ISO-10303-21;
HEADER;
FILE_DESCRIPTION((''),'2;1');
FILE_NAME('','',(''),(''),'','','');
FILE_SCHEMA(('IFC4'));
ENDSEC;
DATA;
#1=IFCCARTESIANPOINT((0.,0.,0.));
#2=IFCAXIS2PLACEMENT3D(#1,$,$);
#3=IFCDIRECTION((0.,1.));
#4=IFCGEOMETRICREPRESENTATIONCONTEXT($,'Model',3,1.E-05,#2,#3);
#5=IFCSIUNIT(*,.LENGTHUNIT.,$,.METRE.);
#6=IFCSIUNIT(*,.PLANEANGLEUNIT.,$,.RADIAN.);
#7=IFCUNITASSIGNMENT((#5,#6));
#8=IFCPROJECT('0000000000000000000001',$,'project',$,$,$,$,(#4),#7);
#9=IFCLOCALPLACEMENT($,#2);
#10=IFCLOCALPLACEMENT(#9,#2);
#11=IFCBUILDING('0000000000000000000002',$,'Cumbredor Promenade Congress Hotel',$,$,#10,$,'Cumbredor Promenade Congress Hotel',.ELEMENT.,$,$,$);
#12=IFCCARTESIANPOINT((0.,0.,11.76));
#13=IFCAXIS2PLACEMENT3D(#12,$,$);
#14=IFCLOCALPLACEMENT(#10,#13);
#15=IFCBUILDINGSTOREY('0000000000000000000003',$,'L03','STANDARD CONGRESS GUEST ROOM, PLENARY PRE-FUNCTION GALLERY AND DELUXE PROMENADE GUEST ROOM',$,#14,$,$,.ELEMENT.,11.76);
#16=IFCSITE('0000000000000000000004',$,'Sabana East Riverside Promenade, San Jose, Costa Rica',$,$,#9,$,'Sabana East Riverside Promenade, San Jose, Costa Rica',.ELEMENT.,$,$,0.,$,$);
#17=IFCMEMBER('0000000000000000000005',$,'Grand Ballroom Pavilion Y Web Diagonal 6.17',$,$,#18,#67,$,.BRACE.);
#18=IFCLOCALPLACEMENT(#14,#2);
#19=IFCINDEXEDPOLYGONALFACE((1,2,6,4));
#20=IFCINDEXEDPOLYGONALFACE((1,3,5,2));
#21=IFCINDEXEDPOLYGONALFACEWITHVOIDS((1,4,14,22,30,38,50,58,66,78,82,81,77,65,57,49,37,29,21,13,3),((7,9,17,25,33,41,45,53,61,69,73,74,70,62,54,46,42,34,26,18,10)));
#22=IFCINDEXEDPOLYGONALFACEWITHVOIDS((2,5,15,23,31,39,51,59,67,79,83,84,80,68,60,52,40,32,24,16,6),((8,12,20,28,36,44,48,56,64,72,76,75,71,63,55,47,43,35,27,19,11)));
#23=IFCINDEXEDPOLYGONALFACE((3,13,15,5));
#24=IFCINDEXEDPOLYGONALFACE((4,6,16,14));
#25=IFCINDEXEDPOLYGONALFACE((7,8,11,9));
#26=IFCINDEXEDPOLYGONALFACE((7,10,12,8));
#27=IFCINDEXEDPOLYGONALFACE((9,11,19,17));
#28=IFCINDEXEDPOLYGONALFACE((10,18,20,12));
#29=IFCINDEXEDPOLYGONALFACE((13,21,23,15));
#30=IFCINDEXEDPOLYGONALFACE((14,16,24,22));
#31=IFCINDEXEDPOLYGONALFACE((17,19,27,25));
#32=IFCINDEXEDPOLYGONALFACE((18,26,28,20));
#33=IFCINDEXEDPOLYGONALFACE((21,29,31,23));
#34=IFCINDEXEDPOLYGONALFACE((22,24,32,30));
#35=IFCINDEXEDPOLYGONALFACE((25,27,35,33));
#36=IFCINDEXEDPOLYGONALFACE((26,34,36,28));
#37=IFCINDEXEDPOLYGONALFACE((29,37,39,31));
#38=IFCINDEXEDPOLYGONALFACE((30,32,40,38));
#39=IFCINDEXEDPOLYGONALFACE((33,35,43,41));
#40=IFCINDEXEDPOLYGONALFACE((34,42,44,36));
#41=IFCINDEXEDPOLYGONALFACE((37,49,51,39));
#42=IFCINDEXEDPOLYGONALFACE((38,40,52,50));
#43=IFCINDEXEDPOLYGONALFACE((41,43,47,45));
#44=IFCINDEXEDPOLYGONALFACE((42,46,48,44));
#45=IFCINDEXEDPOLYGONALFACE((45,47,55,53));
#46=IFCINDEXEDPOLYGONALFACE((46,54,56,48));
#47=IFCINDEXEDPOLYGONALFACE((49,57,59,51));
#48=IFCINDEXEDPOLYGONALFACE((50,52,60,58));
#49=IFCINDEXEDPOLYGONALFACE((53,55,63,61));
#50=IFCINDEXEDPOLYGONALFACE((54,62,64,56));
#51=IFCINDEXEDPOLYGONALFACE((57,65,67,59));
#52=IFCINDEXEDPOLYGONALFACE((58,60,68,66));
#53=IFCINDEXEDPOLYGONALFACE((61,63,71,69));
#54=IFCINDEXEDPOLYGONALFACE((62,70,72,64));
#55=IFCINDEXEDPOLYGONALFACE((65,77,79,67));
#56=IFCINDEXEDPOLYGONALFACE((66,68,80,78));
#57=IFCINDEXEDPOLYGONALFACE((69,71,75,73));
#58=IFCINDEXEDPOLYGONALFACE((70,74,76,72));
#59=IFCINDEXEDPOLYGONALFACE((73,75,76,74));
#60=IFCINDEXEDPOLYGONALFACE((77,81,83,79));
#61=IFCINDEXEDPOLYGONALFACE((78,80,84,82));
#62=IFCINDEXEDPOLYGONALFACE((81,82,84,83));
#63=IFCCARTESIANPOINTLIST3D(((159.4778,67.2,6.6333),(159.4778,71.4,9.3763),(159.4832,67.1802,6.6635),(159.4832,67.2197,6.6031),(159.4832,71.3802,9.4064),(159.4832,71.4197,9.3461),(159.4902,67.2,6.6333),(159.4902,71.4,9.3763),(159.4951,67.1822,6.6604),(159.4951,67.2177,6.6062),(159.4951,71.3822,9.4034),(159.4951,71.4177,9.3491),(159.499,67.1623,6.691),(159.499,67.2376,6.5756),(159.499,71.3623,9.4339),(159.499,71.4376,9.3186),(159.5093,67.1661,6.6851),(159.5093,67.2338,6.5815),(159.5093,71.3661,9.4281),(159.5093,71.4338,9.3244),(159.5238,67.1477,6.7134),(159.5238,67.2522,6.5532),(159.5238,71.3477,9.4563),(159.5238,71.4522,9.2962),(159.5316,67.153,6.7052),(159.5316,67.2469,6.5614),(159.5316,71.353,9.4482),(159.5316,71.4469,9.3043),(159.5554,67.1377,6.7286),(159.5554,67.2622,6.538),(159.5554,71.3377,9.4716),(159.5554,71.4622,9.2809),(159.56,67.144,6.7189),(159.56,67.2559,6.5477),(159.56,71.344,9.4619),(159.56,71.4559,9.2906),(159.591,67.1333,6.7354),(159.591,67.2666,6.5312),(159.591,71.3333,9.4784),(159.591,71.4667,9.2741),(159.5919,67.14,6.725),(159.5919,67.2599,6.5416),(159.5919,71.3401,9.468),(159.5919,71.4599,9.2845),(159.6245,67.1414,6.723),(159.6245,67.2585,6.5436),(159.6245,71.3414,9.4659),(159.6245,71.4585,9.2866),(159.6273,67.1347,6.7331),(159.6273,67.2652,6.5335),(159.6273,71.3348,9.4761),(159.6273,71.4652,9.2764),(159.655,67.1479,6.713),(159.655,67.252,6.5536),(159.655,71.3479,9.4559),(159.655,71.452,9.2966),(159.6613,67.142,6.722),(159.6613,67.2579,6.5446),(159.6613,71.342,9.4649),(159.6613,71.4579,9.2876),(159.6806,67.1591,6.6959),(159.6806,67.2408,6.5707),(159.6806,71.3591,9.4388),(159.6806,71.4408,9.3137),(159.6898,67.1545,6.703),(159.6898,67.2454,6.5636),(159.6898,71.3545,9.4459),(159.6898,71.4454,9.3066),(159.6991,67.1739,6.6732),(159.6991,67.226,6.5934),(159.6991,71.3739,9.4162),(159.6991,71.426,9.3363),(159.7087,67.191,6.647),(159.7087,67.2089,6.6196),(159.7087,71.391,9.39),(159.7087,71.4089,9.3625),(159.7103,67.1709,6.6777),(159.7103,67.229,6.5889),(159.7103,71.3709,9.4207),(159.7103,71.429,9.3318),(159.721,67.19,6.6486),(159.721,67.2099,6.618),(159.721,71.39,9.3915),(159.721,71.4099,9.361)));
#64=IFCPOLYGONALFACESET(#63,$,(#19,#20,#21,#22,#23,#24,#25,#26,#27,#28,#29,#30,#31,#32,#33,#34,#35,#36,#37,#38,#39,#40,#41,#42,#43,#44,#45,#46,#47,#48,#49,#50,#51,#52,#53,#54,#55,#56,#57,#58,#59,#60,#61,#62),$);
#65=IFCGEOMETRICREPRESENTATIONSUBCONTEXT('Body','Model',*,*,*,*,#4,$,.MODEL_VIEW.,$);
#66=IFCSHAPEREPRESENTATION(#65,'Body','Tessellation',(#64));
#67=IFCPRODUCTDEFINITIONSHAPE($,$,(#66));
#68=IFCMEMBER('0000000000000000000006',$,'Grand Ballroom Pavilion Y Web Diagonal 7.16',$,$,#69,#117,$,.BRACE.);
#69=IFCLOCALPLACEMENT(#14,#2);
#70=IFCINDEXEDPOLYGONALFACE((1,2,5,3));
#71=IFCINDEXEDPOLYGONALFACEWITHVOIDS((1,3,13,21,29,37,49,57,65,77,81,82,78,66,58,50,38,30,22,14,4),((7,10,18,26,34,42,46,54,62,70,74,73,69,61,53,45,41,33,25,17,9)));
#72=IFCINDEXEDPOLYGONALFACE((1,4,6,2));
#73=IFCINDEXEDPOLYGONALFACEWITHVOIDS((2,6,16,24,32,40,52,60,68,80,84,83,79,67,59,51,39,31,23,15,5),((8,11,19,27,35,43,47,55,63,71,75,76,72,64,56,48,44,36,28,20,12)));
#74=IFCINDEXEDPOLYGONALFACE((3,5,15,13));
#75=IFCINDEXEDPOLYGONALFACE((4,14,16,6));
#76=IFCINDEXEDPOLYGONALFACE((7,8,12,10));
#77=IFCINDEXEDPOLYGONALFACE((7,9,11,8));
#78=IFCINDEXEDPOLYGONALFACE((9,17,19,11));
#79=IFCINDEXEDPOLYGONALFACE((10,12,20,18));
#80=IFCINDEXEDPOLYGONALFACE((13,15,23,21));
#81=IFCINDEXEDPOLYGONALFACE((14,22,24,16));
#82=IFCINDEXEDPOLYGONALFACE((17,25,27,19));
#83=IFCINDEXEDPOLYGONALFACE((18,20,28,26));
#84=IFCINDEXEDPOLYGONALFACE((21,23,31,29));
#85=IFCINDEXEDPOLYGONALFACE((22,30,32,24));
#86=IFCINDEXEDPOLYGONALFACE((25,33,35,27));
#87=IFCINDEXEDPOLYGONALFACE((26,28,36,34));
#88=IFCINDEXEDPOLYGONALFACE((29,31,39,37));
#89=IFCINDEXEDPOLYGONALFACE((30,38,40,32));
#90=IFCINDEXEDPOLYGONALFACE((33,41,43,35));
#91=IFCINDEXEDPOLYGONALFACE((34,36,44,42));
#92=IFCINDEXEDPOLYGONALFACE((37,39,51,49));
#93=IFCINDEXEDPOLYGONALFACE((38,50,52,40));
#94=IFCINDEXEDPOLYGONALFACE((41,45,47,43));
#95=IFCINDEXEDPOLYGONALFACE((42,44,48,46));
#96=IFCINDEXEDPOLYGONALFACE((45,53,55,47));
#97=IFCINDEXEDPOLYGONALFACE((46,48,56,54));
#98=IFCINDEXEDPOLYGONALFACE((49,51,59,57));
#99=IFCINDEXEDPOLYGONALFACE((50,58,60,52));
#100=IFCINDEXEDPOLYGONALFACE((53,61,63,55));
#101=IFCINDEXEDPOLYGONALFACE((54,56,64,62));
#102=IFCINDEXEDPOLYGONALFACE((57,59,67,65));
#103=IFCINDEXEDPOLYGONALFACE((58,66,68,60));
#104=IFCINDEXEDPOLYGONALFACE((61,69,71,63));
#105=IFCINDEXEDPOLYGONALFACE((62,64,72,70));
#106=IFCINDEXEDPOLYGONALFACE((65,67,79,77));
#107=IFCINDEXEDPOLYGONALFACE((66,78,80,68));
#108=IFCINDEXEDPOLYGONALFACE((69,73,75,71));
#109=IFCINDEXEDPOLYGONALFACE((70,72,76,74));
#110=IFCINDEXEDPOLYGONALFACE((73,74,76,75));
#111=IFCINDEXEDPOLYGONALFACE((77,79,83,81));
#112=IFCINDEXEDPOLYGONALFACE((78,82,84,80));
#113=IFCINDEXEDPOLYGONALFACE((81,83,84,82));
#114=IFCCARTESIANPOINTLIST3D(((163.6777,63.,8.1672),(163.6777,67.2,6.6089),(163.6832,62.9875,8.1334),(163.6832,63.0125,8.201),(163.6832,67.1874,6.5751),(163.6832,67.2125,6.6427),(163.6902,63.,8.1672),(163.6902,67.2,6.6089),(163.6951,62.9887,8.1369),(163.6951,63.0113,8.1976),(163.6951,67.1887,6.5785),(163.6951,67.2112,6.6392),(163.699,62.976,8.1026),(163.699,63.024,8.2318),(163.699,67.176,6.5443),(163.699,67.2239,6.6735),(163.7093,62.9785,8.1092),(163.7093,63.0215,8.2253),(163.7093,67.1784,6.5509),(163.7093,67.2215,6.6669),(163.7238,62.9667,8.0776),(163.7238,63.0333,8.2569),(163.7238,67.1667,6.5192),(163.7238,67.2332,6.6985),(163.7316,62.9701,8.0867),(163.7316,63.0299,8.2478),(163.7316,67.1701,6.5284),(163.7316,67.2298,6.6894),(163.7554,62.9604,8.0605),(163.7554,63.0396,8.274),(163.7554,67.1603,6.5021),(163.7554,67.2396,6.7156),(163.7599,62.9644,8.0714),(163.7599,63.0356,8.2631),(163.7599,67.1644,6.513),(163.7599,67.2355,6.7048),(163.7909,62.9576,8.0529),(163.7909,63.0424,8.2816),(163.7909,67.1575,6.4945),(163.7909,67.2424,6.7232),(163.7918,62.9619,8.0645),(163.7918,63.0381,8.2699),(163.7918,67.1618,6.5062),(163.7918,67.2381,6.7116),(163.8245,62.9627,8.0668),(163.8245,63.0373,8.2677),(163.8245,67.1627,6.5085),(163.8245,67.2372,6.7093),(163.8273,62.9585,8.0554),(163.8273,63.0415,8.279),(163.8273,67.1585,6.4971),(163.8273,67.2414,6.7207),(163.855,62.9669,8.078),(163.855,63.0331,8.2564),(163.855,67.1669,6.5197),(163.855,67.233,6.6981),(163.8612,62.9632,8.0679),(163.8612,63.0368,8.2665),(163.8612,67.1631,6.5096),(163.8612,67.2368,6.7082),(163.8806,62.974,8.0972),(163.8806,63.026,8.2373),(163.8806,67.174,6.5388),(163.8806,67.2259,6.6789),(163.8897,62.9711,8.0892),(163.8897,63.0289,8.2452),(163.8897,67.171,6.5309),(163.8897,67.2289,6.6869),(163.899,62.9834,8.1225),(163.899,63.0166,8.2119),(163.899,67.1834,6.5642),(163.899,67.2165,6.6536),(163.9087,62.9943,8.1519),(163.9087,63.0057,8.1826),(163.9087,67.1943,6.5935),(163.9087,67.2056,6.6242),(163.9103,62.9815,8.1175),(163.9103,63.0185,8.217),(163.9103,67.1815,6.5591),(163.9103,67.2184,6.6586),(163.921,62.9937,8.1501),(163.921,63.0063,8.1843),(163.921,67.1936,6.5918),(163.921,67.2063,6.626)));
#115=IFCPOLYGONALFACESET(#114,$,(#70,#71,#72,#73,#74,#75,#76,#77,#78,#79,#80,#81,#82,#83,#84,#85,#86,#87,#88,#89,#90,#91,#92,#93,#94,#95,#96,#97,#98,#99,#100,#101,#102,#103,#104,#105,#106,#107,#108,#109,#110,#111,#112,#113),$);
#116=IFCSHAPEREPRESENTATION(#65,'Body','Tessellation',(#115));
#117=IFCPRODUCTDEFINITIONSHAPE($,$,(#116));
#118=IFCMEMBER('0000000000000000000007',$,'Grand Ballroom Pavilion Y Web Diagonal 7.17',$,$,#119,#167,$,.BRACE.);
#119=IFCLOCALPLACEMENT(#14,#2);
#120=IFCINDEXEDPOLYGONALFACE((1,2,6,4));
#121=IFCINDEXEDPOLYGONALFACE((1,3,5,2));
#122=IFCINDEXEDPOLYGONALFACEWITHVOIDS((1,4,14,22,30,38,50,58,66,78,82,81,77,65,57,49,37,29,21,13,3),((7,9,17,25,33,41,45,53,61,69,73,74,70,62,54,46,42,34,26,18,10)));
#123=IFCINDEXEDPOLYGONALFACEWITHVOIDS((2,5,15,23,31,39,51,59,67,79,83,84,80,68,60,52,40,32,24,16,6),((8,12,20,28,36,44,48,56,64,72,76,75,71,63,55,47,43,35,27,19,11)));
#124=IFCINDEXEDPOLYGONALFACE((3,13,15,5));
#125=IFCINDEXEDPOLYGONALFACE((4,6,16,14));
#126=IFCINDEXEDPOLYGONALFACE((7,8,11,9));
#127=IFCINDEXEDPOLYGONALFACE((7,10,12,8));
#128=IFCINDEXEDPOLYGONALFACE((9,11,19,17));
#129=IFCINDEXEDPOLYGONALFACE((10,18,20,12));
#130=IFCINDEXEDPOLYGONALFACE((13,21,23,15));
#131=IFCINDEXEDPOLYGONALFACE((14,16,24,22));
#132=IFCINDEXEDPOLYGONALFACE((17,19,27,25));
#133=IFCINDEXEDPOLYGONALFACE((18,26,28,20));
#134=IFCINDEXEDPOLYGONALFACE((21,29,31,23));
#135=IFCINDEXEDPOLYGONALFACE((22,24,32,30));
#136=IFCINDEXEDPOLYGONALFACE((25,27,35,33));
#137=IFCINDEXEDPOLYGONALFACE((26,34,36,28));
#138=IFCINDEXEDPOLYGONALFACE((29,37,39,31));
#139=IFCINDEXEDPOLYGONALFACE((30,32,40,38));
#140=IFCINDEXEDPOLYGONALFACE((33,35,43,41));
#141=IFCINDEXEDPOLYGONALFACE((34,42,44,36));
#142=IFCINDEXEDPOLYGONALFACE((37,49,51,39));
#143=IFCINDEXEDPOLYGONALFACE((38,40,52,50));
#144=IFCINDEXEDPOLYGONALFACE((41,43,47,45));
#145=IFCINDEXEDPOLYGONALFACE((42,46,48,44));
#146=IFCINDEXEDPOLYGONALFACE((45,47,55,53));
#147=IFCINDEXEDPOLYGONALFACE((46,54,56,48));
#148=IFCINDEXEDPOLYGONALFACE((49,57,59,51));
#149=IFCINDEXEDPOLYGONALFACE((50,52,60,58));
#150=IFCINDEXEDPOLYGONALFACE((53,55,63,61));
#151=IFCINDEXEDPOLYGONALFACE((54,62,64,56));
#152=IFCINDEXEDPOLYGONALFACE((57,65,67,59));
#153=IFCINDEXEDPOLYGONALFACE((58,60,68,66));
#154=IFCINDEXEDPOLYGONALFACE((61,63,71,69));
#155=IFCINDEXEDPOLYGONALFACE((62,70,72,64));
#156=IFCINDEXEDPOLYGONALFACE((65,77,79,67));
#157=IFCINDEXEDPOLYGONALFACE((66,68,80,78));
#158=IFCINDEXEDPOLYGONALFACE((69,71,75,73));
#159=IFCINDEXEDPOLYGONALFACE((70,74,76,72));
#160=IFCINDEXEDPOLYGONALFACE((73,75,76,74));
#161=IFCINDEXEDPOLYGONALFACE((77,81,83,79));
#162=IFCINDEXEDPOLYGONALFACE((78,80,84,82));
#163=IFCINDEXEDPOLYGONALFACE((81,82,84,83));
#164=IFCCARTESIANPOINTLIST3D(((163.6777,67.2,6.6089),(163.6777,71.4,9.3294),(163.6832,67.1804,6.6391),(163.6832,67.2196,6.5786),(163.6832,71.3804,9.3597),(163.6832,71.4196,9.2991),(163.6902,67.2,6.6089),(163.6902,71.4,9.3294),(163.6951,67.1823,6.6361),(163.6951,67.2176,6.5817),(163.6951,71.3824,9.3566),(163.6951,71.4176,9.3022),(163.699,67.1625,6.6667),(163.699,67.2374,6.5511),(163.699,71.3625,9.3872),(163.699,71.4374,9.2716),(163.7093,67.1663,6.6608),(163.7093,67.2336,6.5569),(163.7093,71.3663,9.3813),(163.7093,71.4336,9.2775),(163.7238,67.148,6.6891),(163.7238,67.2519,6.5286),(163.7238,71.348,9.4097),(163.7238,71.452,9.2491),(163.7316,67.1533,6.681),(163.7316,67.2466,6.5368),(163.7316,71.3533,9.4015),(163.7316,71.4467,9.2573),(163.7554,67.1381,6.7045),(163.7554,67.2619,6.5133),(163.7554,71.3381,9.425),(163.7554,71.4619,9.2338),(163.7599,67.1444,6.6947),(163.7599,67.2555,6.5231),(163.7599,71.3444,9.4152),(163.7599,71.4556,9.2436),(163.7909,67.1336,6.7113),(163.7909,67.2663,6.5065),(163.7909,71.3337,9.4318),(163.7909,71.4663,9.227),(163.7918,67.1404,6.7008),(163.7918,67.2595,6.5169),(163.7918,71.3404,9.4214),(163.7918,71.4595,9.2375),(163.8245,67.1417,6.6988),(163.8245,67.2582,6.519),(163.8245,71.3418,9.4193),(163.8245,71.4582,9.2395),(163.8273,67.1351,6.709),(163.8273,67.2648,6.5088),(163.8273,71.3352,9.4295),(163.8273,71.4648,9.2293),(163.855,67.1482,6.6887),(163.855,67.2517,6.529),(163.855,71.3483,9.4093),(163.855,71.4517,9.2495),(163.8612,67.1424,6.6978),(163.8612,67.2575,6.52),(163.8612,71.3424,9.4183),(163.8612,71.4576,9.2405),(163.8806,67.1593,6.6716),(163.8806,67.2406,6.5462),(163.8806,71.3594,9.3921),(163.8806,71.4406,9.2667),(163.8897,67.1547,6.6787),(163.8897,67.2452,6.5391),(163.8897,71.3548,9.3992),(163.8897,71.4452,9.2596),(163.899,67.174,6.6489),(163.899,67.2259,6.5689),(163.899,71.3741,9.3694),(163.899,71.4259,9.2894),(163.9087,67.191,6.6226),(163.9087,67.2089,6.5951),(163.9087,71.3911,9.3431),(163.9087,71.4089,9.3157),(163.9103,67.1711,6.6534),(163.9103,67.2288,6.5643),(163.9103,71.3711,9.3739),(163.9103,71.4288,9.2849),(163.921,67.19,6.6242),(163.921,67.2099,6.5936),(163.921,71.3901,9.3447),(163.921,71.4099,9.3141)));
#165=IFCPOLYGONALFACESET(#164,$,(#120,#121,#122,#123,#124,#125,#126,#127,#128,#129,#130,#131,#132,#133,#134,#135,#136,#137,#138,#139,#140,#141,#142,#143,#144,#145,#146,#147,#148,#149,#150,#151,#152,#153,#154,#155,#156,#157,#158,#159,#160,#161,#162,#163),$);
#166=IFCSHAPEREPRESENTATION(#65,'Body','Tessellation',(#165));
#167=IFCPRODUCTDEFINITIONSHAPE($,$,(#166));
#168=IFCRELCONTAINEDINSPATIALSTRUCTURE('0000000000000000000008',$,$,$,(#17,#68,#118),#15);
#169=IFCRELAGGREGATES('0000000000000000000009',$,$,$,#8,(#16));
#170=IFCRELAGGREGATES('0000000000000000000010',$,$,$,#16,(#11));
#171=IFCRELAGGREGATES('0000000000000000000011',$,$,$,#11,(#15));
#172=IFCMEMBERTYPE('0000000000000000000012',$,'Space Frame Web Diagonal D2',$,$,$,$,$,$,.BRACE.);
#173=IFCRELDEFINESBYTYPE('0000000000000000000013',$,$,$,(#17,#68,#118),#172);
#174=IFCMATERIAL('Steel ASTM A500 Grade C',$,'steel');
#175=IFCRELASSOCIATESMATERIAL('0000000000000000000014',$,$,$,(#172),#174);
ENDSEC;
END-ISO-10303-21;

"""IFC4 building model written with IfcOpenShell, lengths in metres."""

from ifc_helpers import new_model, si_unit, direction, frame, origin, origin_2d, place, context, subcontext, project, spatial, hollow_circle, extrude, material, material_profile, profile_set, type_object, element, save


model = new_model("IFC4")

# Units and contexts
model_context = context("Model", 3, precision=1e-05, world=origin(), true_north=direction((0.0, 1.0)))
body_context = subcontext(model_context, "Body", "Model", "MODEL_VIEW")
ifc_project = project(units=[si_unit("LENGTHUNIT", "METRE"), si_unit("PLANEANGLEUNIT", "RADIAN")], contexts=[model_context])

# Site, building, storey
site_placement = place(None, origin())
site = spatial("IfcSite", under=ifc_project, at=site_placement, Name="Sabana East Riverside Promenade, San Jose, Costa Rica", LongName="Sabana East Riverside Promenade, San Jose, Costa Rica", CompositionType="ELEMENT", RefElevation=0.0)
building_placement = place(site_placement, origin())
building = spatial("IfcBuilding", under=site, at=building_placement, Name="Cumbredor Promenade Congress Hotel", LongName="Cumbredor Promenade Congress Hotel", CompositionType="ELEMENT")
storey_placement = place(building_placement, frame((0.0, 0.0, 11.76)))
storey = spatial("IfcBuildingStorey", under=building, at=storey_placement, Name="L03", Description="STANDARD CONGRESS GUEST ROOM, PLENARY PRE-FUNCTION GALLERY AND DELUXE PROMENADE GUEST ROOM", CompositionType="ELEMENT", Elevation=11.76)

# Shared definitions
ifc_material_1 = material(Name="Steel ASTM A500 Grade C", Category="steel")

# Members
ifc_material_profile_1 = material_profile(ifc_material_1, hollow_circle(Radius=0.1223, WallThickness=0.0125, at=origin_2d()), Name="CHS 244.5x12.5")
ifc_profile_set_1 = profile_set([ifc_material_profile_1], Name="Steel ASTM A500 Grade C")
member_type_1 = type_object("IfcMemberType", Name="Space Frame Web Diagonal D2", PredefinedType="BRACE", material=ifc_profile_set_1)
member_1_placement = place(storey_placement, frame((159.6001, 67.2, 6.6333), z_axis=(0.0, 0.837262, 0.546802), x_axis=(-1.0, 0.0, 0.0)))
element("IfcMember", 1, at=member_1_placement, inside=storey, type_object=member_type_1, Name="Grand Ballroom Pavilion Y Web Diagonal 6.17", PredefinedType="BRACE", context=body_context, shape_type="SweptSolid", body=[
    extrude(hollow_circle(Radius=0.1223, WallThickness=0.0125, at=origin_2d()), origin(), (0.0, 0.0, 1.0), 5.0164),
])
member_2_placement = place(storey_placement, frame((163.8, 63.0, 8.1672), z_axis=(0.0, 0.937544, -0.347866), x_axis=(-1.0, 0.0, 0.0)))
element("IfcMember", 2, at=member_2_placement, inside=storey, type_object=member_type_1, Name="Grand Ballroom Pavilion Y Web Diagonal 7.16", PredefinedType="BRACE", context=body_context, shape_type="SweptSolid", body=[
    extrude(hollow_circle(Radius=0.1223, WallThickness=0.0125, at=origin_2d()), origin(), (0.0, 0.0, 1.0), 4.4797),
])
member_3_placement = place(storey_placement, frame((163.8, 67.2, 6.6089), z_axis=(0.0, 0.839311, 0.543652), x_axis=(-1.0, 0.0, 0.0)))
element("IfcMember", 3, at=member_3_placement, inside=storey, type_object=member_type_1, Name="Grand Ballroom Pavilion Y Web Diagonal 7.17", PredefinedType="BRACE", context=body_context, shape_type="SweptSolid", body=[
    extrude(hollow_circle(Radius=0.1223, WallThickness=0.0125, at=origin_2d()), origin(), (0.0, 0.0, 1.0), 5.0042),
])

save(model, "model.ifc")
